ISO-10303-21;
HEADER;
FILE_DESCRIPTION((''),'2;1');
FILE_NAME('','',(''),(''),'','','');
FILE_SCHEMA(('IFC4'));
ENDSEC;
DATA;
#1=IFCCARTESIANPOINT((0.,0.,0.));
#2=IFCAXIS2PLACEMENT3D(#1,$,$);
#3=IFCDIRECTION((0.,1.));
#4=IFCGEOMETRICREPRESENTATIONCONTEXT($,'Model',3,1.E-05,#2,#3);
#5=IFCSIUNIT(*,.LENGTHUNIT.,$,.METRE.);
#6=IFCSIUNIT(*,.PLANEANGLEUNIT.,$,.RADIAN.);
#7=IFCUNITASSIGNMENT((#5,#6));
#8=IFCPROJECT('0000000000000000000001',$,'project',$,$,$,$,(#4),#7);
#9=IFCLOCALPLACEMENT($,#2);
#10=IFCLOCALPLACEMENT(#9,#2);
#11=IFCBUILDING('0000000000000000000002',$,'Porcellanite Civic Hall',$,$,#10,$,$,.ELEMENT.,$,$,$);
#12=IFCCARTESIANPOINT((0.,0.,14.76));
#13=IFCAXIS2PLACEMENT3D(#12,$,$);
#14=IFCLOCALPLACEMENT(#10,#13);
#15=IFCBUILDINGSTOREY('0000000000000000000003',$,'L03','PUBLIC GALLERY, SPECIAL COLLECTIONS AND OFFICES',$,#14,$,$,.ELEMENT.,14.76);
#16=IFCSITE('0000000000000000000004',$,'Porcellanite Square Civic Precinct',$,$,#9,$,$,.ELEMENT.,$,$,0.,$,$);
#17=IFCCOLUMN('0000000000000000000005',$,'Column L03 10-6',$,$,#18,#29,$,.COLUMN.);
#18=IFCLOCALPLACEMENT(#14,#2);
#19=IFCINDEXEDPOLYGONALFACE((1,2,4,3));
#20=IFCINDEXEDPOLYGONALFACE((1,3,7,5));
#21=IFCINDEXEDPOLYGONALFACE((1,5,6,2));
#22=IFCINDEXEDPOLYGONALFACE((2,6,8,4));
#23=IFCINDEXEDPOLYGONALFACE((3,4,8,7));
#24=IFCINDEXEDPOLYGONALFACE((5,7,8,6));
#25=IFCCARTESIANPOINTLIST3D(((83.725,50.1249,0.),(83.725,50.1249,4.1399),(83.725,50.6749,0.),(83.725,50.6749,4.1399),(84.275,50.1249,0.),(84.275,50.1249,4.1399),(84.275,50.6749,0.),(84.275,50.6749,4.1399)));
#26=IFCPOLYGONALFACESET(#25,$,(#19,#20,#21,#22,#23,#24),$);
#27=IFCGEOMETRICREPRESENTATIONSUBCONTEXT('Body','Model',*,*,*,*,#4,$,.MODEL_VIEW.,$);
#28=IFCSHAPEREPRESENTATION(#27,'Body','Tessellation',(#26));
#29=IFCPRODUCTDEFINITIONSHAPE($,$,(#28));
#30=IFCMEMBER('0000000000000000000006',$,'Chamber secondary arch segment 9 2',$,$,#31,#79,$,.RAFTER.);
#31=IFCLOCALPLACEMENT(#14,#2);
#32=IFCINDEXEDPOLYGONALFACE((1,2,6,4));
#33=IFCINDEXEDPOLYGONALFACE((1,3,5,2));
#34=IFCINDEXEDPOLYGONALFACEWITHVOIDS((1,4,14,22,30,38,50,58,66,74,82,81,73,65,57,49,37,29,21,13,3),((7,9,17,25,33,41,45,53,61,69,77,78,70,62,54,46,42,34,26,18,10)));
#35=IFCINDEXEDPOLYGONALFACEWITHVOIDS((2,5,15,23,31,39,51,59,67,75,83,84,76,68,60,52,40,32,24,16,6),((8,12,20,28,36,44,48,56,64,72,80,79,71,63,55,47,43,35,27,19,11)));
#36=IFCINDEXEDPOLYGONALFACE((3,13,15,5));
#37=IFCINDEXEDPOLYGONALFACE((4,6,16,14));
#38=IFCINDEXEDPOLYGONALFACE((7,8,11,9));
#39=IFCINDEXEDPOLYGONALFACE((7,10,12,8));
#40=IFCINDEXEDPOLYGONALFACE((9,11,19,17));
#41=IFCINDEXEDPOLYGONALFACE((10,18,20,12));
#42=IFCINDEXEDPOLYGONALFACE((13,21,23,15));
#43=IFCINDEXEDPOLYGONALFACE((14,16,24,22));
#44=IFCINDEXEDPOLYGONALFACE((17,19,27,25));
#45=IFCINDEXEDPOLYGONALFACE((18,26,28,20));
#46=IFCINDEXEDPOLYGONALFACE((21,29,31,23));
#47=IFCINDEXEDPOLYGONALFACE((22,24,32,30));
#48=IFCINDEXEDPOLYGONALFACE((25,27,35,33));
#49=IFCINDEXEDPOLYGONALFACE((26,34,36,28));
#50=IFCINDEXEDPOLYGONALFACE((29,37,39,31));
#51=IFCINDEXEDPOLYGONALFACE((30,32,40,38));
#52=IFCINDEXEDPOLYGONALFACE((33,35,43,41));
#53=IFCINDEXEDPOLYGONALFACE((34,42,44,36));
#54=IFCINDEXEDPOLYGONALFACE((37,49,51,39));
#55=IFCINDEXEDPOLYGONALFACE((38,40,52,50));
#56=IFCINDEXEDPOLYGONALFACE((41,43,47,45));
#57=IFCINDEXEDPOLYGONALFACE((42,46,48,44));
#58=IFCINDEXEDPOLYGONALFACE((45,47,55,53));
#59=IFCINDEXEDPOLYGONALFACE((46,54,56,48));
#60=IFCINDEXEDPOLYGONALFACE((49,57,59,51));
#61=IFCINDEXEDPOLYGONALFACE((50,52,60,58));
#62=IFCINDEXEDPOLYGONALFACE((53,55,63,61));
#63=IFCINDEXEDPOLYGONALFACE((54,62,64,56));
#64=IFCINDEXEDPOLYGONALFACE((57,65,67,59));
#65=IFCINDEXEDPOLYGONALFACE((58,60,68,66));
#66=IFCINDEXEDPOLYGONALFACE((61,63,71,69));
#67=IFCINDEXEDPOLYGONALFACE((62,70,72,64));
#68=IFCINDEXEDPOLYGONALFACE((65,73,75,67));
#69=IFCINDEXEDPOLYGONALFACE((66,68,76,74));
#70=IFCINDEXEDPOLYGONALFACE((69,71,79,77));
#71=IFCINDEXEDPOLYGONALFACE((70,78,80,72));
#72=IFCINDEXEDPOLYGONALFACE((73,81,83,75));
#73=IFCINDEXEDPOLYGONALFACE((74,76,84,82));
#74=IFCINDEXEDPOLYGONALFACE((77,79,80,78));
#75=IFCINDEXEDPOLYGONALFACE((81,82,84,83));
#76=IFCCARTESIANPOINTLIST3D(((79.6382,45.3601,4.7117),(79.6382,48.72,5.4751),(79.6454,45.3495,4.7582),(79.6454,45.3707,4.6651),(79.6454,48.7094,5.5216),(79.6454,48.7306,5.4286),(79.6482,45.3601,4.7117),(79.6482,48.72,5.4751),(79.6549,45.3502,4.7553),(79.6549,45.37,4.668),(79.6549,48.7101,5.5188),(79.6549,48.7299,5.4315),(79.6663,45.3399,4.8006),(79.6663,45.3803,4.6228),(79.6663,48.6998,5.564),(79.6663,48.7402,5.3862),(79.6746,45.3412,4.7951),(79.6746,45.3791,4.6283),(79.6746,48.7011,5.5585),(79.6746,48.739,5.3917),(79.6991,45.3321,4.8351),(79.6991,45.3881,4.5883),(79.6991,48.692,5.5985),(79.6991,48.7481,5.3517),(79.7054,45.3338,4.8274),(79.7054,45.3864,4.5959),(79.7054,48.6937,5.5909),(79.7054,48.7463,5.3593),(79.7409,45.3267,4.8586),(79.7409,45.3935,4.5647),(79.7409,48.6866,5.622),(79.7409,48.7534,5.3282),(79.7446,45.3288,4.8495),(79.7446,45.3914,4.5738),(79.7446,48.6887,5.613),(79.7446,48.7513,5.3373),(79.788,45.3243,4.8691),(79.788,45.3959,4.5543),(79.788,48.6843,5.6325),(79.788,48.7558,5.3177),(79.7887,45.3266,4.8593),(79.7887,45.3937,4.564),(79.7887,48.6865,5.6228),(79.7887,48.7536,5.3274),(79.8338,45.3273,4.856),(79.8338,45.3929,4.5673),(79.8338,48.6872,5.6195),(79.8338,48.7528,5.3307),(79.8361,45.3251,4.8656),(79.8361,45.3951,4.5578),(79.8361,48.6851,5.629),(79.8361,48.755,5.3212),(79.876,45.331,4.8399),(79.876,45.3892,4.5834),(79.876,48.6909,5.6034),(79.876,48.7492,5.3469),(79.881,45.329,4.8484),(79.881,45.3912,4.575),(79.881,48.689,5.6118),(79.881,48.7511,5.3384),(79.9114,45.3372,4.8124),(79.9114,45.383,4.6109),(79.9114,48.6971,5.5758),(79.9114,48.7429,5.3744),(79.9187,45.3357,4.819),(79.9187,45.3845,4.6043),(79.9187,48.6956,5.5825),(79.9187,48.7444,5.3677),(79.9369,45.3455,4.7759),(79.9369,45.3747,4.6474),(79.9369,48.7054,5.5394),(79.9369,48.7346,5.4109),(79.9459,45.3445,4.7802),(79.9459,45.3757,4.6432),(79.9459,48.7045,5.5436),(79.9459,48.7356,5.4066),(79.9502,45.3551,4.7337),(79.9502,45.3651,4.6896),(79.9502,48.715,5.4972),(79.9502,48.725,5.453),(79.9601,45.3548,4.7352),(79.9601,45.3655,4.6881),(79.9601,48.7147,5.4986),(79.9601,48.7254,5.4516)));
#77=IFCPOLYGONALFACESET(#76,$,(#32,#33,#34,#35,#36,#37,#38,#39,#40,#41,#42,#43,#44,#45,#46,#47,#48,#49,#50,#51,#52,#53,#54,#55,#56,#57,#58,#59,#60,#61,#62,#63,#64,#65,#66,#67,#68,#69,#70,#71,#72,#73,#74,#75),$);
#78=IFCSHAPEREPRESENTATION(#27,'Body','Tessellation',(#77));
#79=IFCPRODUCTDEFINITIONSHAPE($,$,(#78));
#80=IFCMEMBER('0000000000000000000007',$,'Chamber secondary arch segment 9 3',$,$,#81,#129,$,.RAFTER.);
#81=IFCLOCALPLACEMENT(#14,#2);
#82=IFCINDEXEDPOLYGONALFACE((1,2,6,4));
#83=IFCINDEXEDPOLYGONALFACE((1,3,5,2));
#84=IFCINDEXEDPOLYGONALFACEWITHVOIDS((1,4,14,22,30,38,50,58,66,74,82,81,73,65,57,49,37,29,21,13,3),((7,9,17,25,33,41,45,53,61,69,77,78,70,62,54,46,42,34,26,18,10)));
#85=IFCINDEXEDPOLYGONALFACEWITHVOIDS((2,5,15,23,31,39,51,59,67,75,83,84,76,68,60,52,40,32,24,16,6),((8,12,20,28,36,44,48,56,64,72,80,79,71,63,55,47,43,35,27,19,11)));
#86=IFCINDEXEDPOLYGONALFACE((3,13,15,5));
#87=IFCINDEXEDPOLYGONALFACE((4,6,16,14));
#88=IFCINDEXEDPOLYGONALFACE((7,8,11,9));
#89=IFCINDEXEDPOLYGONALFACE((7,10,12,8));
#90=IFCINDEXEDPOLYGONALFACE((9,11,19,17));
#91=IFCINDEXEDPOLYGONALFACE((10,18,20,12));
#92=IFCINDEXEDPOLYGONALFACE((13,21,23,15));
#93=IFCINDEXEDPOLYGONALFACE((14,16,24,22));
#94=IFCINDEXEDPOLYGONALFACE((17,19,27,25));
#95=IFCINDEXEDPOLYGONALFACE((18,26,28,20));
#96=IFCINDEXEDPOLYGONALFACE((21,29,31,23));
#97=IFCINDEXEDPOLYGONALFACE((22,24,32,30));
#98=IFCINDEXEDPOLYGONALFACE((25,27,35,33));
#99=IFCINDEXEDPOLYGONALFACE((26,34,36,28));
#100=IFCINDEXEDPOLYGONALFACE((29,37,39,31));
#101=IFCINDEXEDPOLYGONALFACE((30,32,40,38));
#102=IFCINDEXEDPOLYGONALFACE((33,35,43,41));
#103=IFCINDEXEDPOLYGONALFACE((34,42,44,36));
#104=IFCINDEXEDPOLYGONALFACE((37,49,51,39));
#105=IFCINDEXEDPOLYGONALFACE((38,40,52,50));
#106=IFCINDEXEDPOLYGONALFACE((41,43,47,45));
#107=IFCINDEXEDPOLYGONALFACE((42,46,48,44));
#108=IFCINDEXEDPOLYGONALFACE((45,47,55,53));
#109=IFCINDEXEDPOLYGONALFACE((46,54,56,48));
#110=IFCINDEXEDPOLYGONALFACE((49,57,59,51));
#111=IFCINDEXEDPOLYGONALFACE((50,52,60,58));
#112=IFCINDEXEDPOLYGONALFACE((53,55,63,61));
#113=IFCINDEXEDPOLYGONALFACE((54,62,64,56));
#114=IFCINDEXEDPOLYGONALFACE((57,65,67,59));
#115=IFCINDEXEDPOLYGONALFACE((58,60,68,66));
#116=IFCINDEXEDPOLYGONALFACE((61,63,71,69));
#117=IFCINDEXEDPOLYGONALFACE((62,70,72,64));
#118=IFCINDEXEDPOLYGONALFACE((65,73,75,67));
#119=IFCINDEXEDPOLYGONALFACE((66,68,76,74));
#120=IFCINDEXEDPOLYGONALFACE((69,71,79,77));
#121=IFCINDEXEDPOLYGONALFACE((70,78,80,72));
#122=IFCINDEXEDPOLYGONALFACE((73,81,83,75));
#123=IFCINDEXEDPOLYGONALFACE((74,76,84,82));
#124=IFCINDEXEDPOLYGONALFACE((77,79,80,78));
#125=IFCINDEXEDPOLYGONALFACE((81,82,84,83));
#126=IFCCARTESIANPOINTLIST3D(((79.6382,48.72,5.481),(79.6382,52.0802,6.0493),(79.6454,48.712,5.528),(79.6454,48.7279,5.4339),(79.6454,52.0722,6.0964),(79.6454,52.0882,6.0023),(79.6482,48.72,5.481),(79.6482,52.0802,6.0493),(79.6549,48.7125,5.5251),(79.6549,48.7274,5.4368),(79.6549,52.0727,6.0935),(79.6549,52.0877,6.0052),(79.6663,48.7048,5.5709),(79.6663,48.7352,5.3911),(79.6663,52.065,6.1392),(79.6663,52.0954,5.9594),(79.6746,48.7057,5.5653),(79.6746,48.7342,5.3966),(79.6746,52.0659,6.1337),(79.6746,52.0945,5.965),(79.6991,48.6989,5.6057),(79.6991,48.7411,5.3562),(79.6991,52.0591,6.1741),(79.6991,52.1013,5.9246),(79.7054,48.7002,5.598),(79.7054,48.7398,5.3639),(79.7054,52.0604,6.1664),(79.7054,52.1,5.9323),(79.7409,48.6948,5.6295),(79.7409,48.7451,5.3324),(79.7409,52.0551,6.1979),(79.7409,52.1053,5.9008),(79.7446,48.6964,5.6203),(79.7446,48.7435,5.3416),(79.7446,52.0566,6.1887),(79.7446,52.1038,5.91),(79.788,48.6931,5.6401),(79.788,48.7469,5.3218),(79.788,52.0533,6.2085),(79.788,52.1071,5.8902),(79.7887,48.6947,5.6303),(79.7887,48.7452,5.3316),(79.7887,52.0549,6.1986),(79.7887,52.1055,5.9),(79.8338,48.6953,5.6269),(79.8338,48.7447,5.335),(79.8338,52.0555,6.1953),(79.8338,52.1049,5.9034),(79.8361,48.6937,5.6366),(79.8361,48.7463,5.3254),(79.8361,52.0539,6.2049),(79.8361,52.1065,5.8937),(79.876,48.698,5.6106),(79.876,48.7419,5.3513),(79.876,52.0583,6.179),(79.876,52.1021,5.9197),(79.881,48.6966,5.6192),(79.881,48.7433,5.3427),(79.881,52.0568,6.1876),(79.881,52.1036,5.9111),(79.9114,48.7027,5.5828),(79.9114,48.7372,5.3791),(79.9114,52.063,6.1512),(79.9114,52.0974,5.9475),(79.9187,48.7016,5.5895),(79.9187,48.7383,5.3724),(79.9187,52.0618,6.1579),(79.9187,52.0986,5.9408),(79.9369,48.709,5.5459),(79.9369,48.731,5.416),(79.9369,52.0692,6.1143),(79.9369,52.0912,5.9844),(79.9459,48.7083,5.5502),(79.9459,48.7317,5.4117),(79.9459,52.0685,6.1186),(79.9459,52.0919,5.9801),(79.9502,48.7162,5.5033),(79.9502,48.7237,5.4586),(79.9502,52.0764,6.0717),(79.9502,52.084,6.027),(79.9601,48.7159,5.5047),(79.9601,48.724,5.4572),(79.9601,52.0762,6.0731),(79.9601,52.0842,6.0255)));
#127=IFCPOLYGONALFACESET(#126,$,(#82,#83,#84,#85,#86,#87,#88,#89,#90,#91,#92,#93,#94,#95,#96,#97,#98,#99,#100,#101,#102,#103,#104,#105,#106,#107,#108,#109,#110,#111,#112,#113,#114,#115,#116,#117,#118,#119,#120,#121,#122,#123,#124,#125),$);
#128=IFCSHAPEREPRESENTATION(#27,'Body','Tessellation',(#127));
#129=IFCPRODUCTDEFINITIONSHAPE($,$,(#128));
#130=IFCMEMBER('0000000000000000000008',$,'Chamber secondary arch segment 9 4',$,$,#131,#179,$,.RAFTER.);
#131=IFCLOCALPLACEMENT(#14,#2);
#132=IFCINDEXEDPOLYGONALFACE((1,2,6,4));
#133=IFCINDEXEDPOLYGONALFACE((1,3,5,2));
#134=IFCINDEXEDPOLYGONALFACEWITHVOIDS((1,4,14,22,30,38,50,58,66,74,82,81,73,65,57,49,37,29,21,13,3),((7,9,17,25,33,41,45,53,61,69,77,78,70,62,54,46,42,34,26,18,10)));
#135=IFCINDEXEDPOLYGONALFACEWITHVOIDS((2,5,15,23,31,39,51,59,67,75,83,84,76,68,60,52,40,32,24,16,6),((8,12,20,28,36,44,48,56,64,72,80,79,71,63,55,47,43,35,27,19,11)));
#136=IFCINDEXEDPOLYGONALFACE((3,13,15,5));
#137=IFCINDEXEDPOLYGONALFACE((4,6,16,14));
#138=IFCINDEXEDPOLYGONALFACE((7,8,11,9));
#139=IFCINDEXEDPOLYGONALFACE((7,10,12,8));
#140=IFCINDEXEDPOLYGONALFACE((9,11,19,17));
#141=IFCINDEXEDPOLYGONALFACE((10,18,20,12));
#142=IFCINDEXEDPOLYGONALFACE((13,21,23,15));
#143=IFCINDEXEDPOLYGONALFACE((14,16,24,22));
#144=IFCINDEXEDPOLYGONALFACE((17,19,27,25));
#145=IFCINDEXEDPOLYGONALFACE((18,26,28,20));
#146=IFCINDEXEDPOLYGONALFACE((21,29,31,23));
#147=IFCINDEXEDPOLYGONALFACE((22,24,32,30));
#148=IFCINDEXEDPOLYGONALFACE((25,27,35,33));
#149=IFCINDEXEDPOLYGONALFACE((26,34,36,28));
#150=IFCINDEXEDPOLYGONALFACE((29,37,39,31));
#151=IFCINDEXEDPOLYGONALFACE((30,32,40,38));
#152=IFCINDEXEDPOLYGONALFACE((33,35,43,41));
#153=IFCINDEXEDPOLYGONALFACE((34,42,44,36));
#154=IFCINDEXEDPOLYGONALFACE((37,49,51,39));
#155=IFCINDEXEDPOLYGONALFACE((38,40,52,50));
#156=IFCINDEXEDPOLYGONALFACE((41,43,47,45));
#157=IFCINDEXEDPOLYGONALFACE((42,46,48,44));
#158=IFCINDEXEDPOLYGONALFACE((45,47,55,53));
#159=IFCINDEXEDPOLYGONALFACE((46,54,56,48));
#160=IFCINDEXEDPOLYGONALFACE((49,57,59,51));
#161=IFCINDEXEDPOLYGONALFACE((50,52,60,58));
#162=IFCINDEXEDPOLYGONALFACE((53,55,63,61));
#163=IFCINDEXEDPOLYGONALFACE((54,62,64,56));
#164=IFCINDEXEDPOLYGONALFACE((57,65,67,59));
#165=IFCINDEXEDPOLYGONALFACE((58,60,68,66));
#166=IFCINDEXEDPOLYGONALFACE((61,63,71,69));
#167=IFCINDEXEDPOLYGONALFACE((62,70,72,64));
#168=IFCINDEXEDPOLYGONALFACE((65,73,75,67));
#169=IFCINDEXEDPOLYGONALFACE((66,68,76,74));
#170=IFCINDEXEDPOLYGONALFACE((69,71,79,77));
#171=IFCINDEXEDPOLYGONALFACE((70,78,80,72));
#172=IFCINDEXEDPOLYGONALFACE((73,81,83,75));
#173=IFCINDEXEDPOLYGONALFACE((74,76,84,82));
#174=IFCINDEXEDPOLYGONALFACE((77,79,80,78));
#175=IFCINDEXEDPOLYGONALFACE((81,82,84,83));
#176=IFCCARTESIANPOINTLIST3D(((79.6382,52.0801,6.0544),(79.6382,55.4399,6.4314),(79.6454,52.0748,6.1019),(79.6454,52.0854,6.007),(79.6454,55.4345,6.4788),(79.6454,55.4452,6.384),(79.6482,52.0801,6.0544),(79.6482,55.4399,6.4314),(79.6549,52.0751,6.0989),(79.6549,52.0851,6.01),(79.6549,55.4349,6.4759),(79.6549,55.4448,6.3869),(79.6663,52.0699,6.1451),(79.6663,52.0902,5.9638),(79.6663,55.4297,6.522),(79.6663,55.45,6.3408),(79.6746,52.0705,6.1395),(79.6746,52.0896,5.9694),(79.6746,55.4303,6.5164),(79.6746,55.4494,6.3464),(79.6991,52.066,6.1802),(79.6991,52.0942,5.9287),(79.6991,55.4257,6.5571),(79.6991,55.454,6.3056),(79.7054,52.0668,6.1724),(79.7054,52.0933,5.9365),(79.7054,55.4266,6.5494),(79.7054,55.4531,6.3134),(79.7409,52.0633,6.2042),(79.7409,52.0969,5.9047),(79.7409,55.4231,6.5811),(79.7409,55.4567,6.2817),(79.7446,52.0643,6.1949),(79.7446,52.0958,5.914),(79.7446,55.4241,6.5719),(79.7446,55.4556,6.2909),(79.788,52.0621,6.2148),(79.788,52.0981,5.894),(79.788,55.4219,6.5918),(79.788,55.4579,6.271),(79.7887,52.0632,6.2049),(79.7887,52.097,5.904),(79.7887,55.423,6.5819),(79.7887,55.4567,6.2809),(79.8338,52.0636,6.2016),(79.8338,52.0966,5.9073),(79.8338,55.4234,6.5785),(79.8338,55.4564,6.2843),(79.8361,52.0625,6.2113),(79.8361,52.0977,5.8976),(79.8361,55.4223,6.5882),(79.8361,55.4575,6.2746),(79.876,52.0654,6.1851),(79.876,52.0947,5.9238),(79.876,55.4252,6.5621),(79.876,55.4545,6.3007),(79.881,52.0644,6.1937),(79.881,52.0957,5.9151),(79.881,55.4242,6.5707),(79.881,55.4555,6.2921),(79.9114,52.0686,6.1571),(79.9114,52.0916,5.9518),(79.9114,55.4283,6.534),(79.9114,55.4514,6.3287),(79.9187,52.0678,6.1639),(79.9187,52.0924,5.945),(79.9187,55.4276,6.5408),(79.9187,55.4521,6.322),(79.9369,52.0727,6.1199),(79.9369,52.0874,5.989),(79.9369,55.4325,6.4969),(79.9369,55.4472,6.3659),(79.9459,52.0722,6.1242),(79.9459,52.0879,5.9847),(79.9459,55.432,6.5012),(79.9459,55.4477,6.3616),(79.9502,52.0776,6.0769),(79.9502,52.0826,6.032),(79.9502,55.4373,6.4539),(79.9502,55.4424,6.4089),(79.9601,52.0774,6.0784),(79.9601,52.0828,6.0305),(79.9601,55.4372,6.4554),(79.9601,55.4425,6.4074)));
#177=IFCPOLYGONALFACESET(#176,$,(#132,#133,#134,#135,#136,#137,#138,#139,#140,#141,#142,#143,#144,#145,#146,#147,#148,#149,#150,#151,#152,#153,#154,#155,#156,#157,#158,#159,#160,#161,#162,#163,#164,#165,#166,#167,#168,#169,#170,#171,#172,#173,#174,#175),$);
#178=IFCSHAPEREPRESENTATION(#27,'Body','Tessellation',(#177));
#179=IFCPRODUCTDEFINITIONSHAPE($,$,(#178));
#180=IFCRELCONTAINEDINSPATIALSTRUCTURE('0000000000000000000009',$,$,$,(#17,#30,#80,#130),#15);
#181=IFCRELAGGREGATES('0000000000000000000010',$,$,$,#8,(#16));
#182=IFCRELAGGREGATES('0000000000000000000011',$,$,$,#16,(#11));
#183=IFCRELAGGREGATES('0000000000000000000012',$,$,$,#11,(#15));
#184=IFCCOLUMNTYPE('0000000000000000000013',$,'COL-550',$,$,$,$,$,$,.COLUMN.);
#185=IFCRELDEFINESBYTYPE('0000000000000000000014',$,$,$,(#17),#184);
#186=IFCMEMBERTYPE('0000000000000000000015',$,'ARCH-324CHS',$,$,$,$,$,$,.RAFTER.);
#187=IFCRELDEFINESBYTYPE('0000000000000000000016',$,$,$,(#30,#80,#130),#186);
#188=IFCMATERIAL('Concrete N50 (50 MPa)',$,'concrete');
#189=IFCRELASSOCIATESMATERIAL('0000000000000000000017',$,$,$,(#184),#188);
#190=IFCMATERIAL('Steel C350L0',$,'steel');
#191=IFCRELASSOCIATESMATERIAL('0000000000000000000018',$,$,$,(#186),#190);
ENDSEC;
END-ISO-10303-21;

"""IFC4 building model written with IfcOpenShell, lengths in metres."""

from ifc_helpers import new_model, si_unit, direction, frame, origin, origin_2d, place, context, subcontext, project, spatial, rectangle, hollow_circle, extrude, material, material_profile, profile_set, type_object, element, save


model = new_model("IFC4")

# Units and contexts
model_context = context("Model", 3, precision=1e-05, world=origin(), true_north=direction((0.0, 1.0)))
body_context = subcontext(model_context, "Body", "Model", "MODEL_VIEW")
ifc_project = project(units=[si_unit("LENGTHUNIT", "METRE"), si_unit("PLANEANGLEUNIT", "RADIAN")], contexts=[model_context])

# Site, building, storey
site_placement = place(None, origin())
site = spatial("IfcSite", under=ifc_project, at=site_placement, Name="Porcellanite Square Civic Precinct", CompositionType="ELEMENT", RefElevation=0.0)
building_placement = place(site_placement, origin())
building = spatial("IfcBuilding", under=site, at=building_placement, Name="Porcellanite Civic Hall", CompositionType="ELEMENT")
storey_placement = place(building_placement, frame((0.0, 0.0, 14.76)))
storey = spatial("IfcBuildingStorey", under=building, at=storey_placement, Name="L03", Description="PUBLIC GALLERY, SPECIAL COLLECTIONS AND OFFICES", CompositionType="ELEMENT", Elevation=14.76)

# Column
ifc_material_1 = material(Name="Concrete N50 (50 MPa)", Category="concrete")
ifc_material_profile_1 = material_profile(ifc_material_1, rectangle(XDim=0.55, YDim=0.55, at=origin_2d()), Name="RC-550x550")
ifc_profile_set_1 = profile_set([ifc_material_profile_1], Name="Concrete N50 (50 MPa)")
column_type = type_object("IfcColumnType", Name="COL-550", PredefinedType="COLUMN", material=ifc_profile_set_1)
column_placement = place(storey_placement, frame((84.0, 50.3999, 0.0), z_axis=(0.0, 0.0, 1.0), x_axis=(1.0, 0.0, 0.0)))
element("IfcColumn", 1, at=column_placement, inside=storey, type_object=column_type, Name="Column L03 10-6", PredefinedType="COLUMN", context=body_context, shape_type="SweptSolid", body=[
    extrude(rectangle(XDim=0.55, YDim=0.55, at=origin_2d()), origin(), (0.0, 0.0, 1.0), 4.1399),
])

# Members
ifc_material_2 = material(Name="Steel C350L0", Category="steel")
ifc_material_profile_2 = material_profile(ifc_material_2, hollow_circle(Radius=0.1619, WallThickness=0.01, at=origin_2d()), Name="323.9x10.0CHS")
ifc_profile_set_2 = profile_set([ifc_material_profile_2], Name="Steel C350L0")
member_type_1 = type_object("IfcMemberType", Name="ARCH-324CHS", PredefinedType="RAFTER", material=ifc_profile_set_2)
member_1_placement = place(storey_placement, frame((79.8, 45.3601, 4.7117), z_axis=(0.0, 0.975144, 0.221572), x_axis=(-1.0, 0.0, 0.0)))
element("IfcMember", 2, at=member_1_placement, inside=storey, type_object=member_type_1, Name="Chamber secondary arch segment 9 2", PredefinedType="RAFTER", context=body_context, shape_type="SweptSolid", body=[
    extrude(hollow_circle(Radius=0.1619, WallThickness=0.01, at=origin_2d()), origin(), (0.0, 0.0, 1.0), 3.4456),
])
member_2_placement = place(storey_placement, frame((79.8, 48.72, 5.481), z_axis=(0.0, 0.985994, 0.16678), x_axis=(-1.0, 0.0, 0.0)))
element("IfcMember", 3, at=member_2_placement, inside=storey, type_object=member_type_1, Name="Chamber secondary arch segment 9 3", PredefinedType="RAFTER", context=body_context, shape_type="SweptSolid", body=[
    extrude(hollow_circle(Radius=0.1619, WallThickness=0.01, at=origin_2d()), origin(), (0.0, 0.0, 1.0), 3.408),
])
member_3_placement = place(storey_placement, frame((79.8, 52.0801, 6.0544), z_axis=(0.0, 0.993765, 0.111493), x_axis=(-1.0, 0.0, 0.0)))
element("IfcMember", 4, at=member_3_placement, inside=storey, type_object=member_type_1, Name="Chamber secondary arch segment 9 4", PredefinedType="RAFTER", context=body_context, shape_type="SweptSolid", body=[
    extrude(hollow_circle(Radius=0.1619, WallThickness=0.01, at=origin_2d()), origin(), (0.0, 0.0, 1.0), 3.3809),
])

save(model, "model.ifc")
